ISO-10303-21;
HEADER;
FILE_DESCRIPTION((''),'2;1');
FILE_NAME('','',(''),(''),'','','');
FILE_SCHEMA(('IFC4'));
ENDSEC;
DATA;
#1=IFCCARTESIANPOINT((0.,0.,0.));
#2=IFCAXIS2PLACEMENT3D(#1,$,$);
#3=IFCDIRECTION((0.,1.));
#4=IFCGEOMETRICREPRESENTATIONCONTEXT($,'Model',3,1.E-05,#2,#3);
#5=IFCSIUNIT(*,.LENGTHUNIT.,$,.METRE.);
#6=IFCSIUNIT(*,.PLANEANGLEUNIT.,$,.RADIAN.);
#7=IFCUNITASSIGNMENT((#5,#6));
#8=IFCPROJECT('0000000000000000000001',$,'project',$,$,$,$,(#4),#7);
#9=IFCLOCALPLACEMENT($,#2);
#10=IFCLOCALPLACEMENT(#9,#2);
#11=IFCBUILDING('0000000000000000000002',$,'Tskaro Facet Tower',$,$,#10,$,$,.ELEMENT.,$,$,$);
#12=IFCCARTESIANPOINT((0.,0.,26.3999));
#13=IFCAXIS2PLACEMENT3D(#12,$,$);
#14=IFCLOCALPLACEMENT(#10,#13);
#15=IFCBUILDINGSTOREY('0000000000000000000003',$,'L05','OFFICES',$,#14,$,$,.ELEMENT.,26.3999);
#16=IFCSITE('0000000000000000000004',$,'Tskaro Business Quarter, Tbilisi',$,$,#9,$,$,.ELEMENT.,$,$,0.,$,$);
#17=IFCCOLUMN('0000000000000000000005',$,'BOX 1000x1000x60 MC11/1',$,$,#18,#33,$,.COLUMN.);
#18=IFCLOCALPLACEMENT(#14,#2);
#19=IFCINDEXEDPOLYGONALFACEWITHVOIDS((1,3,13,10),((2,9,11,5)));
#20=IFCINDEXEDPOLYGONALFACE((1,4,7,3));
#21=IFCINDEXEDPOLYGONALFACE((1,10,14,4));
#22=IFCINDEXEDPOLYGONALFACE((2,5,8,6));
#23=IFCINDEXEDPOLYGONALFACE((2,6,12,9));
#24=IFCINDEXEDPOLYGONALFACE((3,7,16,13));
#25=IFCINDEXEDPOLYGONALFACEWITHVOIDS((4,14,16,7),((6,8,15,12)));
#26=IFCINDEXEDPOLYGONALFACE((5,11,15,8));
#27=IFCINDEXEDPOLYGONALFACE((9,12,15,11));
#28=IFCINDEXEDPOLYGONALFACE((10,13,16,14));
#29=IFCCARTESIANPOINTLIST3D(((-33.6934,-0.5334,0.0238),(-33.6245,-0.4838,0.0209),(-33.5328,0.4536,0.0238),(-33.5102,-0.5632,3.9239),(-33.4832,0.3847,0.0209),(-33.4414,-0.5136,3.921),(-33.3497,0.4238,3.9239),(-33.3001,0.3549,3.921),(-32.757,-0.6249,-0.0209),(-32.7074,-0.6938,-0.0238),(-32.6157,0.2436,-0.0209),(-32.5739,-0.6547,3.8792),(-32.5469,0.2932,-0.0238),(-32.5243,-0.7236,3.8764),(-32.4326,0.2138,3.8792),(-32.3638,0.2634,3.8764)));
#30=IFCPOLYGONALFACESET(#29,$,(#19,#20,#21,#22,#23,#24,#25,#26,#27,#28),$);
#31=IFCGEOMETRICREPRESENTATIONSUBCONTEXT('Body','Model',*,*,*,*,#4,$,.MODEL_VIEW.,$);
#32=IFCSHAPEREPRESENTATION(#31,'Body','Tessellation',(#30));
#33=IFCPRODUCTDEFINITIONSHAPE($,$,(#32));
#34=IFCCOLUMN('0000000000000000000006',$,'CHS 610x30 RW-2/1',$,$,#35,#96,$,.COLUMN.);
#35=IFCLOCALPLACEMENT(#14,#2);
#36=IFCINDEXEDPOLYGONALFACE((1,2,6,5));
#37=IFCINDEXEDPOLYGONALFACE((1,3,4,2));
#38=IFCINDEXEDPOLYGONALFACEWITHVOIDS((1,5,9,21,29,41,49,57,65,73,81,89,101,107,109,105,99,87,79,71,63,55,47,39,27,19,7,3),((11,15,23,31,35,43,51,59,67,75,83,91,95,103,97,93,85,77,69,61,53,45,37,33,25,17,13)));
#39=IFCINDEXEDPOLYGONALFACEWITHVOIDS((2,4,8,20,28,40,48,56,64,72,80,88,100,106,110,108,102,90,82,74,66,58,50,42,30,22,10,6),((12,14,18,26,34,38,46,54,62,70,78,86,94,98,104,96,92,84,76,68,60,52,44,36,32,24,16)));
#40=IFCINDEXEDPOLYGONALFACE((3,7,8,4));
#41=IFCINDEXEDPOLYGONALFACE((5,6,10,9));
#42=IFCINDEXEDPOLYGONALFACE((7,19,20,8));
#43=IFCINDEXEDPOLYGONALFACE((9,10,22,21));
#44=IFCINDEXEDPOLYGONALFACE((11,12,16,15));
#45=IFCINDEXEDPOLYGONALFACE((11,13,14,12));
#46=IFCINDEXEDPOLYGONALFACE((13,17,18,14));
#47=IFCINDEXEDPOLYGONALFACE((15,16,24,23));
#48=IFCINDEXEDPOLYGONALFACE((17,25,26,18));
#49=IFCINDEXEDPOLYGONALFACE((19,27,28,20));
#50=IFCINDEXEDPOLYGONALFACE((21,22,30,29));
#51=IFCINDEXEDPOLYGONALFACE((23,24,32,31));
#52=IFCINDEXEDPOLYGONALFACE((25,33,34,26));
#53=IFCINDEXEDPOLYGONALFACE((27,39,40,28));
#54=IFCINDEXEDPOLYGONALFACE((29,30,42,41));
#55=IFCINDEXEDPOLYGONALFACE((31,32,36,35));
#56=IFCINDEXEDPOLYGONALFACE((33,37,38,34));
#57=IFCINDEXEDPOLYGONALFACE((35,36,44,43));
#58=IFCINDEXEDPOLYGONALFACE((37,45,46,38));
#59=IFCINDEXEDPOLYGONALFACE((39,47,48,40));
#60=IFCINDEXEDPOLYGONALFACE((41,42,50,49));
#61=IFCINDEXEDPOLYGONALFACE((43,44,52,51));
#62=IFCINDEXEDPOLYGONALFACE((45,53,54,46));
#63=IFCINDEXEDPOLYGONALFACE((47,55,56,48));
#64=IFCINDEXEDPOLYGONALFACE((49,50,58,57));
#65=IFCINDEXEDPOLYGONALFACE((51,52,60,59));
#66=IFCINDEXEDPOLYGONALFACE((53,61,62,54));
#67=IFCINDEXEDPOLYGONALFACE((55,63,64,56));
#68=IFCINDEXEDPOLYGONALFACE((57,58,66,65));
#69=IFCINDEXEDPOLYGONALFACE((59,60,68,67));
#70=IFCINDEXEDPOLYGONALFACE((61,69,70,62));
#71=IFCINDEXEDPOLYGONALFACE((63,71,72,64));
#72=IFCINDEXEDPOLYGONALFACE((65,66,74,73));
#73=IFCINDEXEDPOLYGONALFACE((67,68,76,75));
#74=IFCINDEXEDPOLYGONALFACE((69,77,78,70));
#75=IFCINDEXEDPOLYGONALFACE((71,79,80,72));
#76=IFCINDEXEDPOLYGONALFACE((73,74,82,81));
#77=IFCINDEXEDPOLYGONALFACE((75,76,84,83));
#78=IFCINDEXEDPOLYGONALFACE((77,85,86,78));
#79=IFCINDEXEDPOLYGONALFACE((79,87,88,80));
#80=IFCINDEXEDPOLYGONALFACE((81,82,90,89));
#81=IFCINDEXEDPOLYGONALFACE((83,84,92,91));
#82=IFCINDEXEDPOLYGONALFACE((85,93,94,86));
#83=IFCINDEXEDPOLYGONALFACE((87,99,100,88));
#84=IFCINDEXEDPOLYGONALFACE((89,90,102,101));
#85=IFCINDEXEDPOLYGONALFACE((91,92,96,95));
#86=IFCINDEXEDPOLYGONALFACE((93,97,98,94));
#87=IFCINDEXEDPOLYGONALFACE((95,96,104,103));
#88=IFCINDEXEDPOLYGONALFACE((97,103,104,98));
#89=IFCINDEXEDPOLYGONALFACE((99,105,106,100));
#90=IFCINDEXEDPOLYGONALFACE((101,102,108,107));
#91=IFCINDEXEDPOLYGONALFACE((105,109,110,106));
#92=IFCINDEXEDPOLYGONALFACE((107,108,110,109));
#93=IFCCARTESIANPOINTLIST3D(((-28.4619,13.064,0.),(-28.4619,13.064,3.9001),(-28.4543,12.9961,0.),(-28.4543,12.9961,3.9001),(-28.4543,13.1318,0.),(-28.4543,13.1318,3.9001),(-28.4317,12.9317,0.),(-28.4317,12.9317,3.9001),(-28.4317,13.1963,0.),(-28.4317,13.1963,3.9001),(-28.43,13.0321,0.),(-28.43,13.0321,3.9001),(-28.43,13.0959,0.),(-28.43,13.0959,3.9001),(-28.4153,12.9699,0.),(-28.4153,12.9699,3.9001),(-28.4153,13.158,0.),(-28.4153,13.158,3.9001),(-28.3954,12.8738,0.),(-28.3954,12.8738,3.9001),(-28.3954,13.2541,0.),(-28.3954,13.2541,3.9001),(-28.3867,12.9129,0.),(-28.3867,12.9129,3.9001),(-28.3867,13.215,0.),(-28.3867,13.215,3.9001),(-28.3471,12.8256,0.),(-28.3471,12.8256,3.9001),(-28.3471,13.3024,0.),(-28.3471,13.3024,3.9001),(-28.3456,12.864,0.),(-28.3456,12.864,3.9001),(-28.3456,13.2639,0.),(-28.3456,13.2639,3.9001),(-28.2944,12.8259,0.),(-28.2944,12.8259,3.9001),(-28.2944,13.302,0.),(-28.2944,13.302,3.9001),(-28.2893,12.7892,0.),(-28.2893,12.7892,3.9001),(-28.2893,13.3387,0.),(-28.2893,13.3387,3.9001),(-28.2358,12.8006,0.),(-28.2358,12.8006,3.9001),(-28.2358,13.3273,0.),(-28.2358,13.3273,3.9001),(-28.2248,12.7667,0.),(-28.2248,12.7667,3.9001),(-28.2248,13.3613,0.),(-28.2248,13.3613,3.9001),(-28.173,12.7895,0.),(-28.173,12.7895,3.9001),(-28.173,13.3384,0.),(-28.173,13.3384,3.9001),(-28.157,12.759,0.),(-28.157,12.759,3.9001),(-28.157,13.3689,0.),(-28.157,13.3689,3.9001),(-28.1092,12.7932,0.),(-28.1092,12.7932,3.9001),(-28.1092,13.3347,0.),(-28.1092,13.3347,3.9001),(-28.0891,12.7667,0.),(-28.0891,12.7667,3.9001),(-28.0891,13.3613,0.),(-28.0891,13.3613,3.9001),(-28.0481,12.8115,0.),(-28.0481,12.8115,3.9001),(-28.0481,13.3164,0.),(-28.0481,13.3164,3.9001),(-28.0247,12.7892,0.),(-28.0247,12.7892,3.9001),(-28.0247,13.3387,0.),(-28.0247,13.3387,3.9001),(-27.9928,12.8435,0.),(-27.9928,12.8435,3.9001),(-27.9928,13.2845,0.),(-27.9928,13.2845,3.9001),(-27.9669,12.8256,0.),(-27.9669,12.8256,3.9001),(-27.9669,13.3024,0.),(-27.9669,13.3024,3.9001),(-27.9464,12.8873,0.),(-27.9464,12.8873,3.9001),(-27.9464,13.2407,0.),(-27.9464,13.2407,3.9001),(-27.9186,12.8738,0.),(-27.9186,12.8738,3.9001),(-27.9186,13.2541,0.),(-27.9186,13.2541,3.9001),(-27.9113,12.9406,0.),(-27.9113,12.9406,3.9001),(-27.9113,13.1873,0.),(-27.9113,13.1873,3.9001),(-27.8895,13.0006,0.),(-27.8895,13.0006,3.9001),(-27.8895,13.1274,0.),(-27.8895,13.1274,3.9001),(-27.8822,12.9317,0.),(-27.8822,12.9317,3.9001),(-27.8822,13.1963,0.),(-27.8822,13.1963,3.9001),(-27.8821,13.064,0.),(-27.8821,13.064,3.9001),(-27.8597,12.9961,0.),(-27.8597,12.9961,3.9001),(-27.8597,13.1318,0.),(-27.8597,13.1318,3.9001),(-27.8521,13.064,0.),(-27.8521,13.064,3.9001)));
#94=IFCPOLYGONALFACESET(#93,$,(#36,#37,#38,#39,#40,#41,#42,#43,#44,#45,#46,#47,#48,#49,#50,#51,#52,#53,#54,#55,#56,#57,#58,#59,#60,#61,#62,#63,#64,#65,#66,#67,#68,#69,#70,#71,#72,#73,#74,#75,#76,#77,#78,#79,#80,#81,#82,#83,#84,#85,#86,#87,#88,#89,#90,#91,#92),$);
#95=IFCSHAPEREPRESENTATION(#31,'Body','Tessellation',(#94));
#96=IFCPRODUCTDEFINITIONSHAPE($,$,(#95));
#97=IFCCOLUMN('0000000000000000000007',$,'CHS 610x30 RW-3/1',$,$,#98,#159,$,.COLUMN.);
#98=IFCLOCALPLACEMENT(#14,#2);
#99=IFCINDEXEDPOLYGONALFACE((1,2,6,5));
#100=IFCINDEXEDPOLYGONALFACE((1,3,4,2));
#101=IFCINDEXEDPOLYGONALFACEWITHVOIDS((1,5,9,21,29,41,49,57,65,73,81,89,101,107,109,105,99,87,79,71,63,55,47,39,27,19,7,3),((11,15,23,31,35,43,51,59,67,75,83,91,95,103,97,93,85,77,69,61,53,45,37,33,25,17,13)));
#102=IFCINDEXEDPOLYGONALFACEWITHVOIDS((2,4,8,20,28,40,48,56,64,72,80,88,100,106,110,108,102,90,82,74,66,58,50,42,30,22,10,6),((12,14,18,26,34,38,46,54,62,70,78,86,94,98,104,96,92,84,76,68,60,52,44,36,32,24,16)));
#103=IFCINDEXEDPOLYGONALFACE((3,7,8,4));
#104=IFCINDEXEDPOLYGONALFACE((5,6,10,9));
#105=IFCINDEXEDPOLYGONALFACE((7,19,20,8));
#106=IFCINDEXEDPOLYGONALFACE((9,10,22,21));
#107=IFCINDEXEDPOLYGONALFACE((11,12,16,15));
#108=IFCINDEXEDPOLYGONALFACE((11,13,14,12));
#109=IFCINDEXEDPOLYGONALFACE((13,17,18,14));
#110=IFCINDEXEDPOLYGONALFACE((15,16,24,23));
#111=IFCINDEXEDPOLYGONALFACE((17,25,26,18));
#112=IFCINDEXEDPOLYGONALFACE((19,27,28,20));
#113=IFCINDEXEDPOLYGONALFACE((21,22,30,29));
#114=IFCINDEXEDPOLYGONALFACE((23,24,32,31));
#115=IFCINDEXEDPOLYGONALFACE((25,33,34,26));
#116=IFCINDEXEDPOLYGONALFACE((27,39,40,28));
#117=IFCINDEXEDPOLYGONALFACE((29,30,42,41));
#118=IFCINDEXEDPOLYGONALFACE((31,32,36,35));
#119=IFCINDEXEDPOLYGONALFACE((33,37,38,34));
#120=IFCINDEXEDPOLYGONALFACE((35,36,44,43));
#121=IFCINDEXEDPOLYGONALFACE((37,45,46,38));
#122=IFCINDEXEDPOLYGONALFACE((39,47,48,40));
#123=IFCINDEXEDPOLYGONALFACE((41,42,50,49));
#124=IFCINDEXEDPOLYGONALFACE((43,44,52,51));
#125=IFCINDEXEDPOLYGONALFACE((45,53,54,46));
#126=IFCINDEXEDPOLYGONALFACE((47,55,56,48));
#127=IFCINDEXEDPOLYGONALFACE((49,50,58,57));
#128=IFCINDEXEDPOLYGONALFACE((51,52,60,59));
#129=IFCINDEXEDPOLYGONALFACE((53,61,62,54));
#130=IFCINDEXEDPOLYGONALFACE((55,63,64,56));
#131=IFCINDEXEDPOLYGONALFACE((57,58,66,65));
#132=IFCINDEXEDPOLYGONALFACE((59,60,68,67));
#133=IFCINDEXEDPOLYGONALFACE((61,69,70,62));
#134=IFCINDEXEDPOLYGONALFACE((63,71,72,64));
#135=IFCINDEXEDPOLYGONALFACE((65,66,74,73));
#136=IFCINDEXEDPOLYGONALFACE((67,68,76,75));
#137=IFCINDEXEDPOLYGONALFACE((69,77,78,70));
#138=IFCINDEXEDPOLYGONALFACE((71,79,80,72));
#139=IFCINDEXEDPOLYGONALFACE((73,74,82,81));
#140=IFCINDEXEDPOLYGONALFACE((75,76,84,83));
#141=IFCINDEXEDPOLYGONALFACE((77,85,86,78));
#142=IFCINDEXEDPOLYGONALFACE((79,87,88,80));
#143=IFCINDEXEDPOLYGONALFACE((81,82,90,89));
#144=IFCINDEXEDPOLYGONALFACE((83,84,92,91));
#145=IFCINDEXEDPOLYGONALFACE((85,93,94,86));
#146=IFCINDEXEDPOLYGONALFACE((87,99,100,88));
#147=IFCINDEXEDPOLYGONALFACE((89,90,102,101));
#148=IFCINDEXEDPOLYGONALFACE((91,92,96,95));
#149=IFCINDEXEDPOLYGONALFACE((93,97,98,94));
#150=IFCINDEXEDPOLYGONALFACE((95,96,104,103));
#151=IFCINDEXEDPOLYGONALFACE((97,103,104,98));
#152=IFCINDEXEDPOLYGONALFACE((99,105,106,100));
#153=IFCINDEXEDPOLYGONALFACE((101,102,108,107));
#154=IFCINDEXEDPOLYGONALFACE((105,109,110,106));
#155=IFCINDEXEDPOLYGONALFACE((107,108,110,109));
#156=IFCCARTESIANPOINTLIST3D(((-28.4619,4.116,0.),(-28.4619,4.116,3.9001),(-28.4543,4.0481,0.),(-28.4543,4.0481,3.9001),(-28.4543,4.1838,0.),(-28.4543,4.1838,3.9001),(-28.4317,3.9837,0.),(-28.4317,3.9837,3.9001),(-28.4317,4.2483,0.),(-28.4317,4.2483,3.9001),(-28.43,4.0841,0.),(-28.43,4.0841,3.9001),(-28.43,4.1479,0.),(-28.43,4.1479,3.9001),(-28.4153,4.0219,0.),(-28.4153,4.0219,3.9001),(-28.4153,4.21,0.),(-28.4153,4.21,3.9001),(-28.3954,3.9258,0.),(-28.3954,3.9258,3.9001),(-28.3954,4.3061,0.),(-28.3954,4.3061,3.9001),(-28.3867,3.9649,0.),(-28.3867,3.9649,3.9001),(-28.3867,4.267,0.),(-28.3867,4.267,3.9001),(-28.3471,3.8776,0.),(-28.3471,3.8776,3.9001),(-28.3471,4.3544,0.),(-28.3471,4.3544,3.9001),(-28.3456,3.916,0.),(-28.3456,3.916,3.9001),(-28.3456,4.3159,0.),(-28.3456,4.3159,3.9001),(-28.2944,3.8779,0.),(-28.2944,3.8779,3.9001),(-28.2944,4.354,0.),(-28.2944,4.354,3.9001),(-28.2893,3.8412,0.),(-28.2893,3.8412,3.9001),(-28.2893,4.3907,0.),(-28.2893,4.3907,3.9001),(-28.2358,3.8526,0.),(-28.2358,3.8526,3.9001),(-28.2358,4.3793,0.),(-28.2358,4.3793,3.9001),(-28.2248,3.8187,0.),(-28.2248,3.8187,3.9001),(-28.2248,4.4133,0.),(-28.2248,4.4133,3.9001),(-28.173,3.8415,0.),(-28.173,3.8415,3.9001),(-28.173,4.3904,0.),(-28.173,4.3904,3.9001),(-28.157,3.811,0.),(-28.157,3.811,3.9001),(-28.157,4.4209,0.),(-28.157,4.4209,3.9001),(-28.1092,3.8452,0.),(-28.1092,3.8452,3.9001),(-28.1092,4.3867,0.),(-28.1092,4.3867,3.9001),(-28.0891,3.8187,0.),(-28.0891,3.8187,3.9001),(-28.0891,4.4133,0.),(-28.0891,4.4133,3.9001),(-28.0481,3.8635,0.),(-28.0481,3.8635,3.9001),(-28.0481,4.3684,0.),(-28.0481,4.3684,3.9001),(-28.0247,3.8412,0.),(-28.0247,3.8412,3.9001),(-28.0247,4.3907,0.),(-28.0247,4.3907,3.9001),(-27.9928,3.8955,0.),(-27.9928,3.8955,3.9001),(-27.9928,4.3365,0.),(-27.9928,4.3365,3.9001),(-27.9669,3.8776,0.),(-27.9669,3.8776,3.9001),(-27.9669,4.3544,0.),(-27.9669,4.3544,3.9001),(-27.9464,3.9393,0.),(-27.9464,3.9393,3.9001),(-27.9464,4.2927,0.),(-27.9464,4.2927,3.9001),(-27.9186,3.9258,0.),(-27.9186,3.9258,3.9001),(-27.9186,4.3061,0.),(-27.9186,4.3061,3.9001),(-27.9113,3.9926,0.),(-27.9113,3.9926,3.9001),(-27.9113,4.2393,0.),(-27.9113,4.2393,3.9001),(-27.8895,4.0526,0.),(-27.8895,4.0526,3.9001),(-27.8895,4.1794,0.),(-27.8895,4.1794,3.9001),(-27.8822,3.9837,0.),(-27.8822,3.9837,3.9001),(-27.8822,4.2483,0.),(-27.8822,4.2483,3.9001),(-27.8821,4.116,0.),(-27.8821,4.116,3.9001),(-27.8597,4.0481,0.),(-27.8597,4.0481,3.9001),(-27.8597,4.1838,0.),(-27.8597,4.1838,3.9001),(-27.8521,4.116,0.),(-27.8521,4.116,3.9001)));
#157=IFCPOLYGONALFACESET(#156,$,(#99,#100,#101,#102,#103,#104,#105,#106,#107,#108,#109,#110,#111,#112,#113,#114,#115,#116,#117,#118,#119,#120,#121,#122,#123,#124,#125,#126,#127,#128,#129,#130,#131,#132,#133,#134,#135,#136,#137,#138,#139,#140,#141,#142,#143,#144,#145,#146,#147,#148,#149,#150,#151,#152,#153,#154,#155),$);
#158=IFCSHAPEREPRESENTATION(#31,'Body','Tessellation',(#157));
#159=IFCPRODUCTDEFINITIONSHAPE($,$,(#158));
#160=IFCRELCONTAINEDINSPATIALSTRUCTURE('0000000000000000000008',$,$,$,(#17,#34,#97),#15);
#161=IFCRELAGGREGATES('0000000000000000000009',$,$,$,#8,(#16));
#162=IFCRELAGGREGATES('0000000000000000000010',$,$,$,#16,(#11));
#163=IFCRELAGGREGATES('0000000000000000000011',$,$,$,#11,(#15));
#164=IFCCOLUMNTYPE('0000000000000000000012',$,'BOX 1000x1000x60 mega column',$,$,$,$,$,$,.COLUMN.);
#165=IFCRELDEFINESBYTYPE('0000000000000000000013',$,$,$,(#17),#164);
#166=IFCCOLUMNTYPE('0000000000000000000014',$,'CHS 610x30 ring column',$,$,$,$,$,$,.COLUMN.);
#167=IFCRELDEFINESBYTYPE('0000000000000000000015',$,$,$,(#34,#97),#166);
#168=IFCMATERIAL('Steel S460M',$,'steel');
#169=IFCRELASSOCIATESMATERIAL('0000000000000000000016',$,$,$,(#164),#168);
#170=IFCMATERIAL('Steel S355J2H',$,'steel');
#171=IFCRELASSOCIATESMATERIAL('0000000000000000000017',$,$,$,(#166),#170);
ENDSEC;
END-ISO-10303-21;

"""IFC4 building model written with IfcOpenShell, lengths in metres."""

from ifc_helpers import new_model, si_unit, direction, frame, origin, origin_2d, place, context, subcontext, project, spatial, hollow_rectangle, hollow_circle, extrude, material, material_profile, profile_set, type_object, element, save


model = new_model("IFC4")

# Units and contexts
model_context = context("Model", 3, precision=1e-05, world=origin(), true_north=direction((0.0, 1.0)))
body_context = subcontext(model_context, "Body", "Model", "MODEL_VIEW")
ifc_project = project(units=[si_unit("LENGTHUNIT", "METRE"), si_unit("PLANEANGLEUNIT", "RADIAN")], contexts=[model_context])

# Site, building, storey
site_placement = place(None, origin())
site = spatial("IfcSite", under=ifc_project, at=site_placement, Name="Tskaro Business Quarter, Tbilisi", CompositionType="ELEMENT", RefElevation=0.0)
building_placement = place(site_placement, origin())
building = spatial("IfcBuilding", under=site, at=building_placement, Name="Tskaro Facet Tower", CompositionType="ELEMENT")
storey_placement = place(building_placement, frame((0.0, 0.0, 26.3999)))
storey = spatial("IfcBuildingStorey", under=building, at=storey_placement, Name="L05", Description="OFFICES", CompositionType="ELEMENT", Elevation=26.3999)

# Columns
ifc_material_1 = material(Name="Steel S460M", Category="steel")
ifc_material_profile_1 = material_profile(ifc_material_1, hollow_rectangle(XDim=1.0, YDim=1.0, WallThickness=0.0601, at=origin_2d()), Name="BOX 1000x1000x60")
ifc_profile_set_1 = profile_set([ifc_material_profile_1], Name="Steel S460M")
column_type_1 = type_object("IfcColumnType", Name="BOX 1000x1000x60 mega column", PredefinedType="COLUMN", material=ifc_profile_set_1)
column_placement = place(storey_placement, frame((-33.1201, -0.1201, 0.0), z_axis=(0.046895, -0.007628, 0.998871), x_axis=(0.160556, 0.987027, 0.0)))
element("IfcColumn", 1, at=column_placement, inside=storey, type_object=column_type_1, Name="BOX 1000x1000x60 MC11/1", PredefinedType="COLUMN", context=body_context, shape_type="SweptSolid", body=[
    extrude(hollow_rectangle(XDim=1.0, YDim=1.0, WallThickness=0.0601, at=origin_2d()), origin(), (0.0, 0.0, 1.0), 3.9045),
])
ifc_material_2 = material(Name="Steel S355J2H", Category="steel")
ifc_material_profile_2 = material_profile(ifc_material_2, hollow_circle(Radius=0.3049, WallThickness=0.03, at=origin_2d()), Name="CHS 610x30")
ifc_profile_set_2 = profile_set([ifc_material_profile_2], Name="Steel S355J2H")
column_type_2 = type_object("IfcColumnType", Name="CHS 610x30 ring column", PredefinedType="COLUMN", material=ifc_profile_set_2)
for number, where, z_axis, x_axis, name in (
    (2, (-28.157, 13.064, 0.0), (0.0, 0.0, 1.0), (1.0, 0.0, 0.0), "CHS 610x30 RW-2/1"),
    (3, (-28.157, 4.116, 0.0), (0.0, 0.0, 1.0), (1.0, 0.0, 0.0), "CHS 610x30 RW-3/1"),
):
    element("IfcColumn", number, at=place(storey_placement, frame(where, z_axis=z_axis, x_axis=x_axis)), inside=storey, type_object=column_type_2, Name=name, PredefinedType="COLUMN", context=body_context, shape_type="SweptSolid", body=[
        extrude(hollow_circle(Radius=0.3049, WallThickness=0.03, at=origin_2d()), origin(), (0.0, 0.0, 1.0), 3.9001),
    ])

save(model, "model.ifc")
